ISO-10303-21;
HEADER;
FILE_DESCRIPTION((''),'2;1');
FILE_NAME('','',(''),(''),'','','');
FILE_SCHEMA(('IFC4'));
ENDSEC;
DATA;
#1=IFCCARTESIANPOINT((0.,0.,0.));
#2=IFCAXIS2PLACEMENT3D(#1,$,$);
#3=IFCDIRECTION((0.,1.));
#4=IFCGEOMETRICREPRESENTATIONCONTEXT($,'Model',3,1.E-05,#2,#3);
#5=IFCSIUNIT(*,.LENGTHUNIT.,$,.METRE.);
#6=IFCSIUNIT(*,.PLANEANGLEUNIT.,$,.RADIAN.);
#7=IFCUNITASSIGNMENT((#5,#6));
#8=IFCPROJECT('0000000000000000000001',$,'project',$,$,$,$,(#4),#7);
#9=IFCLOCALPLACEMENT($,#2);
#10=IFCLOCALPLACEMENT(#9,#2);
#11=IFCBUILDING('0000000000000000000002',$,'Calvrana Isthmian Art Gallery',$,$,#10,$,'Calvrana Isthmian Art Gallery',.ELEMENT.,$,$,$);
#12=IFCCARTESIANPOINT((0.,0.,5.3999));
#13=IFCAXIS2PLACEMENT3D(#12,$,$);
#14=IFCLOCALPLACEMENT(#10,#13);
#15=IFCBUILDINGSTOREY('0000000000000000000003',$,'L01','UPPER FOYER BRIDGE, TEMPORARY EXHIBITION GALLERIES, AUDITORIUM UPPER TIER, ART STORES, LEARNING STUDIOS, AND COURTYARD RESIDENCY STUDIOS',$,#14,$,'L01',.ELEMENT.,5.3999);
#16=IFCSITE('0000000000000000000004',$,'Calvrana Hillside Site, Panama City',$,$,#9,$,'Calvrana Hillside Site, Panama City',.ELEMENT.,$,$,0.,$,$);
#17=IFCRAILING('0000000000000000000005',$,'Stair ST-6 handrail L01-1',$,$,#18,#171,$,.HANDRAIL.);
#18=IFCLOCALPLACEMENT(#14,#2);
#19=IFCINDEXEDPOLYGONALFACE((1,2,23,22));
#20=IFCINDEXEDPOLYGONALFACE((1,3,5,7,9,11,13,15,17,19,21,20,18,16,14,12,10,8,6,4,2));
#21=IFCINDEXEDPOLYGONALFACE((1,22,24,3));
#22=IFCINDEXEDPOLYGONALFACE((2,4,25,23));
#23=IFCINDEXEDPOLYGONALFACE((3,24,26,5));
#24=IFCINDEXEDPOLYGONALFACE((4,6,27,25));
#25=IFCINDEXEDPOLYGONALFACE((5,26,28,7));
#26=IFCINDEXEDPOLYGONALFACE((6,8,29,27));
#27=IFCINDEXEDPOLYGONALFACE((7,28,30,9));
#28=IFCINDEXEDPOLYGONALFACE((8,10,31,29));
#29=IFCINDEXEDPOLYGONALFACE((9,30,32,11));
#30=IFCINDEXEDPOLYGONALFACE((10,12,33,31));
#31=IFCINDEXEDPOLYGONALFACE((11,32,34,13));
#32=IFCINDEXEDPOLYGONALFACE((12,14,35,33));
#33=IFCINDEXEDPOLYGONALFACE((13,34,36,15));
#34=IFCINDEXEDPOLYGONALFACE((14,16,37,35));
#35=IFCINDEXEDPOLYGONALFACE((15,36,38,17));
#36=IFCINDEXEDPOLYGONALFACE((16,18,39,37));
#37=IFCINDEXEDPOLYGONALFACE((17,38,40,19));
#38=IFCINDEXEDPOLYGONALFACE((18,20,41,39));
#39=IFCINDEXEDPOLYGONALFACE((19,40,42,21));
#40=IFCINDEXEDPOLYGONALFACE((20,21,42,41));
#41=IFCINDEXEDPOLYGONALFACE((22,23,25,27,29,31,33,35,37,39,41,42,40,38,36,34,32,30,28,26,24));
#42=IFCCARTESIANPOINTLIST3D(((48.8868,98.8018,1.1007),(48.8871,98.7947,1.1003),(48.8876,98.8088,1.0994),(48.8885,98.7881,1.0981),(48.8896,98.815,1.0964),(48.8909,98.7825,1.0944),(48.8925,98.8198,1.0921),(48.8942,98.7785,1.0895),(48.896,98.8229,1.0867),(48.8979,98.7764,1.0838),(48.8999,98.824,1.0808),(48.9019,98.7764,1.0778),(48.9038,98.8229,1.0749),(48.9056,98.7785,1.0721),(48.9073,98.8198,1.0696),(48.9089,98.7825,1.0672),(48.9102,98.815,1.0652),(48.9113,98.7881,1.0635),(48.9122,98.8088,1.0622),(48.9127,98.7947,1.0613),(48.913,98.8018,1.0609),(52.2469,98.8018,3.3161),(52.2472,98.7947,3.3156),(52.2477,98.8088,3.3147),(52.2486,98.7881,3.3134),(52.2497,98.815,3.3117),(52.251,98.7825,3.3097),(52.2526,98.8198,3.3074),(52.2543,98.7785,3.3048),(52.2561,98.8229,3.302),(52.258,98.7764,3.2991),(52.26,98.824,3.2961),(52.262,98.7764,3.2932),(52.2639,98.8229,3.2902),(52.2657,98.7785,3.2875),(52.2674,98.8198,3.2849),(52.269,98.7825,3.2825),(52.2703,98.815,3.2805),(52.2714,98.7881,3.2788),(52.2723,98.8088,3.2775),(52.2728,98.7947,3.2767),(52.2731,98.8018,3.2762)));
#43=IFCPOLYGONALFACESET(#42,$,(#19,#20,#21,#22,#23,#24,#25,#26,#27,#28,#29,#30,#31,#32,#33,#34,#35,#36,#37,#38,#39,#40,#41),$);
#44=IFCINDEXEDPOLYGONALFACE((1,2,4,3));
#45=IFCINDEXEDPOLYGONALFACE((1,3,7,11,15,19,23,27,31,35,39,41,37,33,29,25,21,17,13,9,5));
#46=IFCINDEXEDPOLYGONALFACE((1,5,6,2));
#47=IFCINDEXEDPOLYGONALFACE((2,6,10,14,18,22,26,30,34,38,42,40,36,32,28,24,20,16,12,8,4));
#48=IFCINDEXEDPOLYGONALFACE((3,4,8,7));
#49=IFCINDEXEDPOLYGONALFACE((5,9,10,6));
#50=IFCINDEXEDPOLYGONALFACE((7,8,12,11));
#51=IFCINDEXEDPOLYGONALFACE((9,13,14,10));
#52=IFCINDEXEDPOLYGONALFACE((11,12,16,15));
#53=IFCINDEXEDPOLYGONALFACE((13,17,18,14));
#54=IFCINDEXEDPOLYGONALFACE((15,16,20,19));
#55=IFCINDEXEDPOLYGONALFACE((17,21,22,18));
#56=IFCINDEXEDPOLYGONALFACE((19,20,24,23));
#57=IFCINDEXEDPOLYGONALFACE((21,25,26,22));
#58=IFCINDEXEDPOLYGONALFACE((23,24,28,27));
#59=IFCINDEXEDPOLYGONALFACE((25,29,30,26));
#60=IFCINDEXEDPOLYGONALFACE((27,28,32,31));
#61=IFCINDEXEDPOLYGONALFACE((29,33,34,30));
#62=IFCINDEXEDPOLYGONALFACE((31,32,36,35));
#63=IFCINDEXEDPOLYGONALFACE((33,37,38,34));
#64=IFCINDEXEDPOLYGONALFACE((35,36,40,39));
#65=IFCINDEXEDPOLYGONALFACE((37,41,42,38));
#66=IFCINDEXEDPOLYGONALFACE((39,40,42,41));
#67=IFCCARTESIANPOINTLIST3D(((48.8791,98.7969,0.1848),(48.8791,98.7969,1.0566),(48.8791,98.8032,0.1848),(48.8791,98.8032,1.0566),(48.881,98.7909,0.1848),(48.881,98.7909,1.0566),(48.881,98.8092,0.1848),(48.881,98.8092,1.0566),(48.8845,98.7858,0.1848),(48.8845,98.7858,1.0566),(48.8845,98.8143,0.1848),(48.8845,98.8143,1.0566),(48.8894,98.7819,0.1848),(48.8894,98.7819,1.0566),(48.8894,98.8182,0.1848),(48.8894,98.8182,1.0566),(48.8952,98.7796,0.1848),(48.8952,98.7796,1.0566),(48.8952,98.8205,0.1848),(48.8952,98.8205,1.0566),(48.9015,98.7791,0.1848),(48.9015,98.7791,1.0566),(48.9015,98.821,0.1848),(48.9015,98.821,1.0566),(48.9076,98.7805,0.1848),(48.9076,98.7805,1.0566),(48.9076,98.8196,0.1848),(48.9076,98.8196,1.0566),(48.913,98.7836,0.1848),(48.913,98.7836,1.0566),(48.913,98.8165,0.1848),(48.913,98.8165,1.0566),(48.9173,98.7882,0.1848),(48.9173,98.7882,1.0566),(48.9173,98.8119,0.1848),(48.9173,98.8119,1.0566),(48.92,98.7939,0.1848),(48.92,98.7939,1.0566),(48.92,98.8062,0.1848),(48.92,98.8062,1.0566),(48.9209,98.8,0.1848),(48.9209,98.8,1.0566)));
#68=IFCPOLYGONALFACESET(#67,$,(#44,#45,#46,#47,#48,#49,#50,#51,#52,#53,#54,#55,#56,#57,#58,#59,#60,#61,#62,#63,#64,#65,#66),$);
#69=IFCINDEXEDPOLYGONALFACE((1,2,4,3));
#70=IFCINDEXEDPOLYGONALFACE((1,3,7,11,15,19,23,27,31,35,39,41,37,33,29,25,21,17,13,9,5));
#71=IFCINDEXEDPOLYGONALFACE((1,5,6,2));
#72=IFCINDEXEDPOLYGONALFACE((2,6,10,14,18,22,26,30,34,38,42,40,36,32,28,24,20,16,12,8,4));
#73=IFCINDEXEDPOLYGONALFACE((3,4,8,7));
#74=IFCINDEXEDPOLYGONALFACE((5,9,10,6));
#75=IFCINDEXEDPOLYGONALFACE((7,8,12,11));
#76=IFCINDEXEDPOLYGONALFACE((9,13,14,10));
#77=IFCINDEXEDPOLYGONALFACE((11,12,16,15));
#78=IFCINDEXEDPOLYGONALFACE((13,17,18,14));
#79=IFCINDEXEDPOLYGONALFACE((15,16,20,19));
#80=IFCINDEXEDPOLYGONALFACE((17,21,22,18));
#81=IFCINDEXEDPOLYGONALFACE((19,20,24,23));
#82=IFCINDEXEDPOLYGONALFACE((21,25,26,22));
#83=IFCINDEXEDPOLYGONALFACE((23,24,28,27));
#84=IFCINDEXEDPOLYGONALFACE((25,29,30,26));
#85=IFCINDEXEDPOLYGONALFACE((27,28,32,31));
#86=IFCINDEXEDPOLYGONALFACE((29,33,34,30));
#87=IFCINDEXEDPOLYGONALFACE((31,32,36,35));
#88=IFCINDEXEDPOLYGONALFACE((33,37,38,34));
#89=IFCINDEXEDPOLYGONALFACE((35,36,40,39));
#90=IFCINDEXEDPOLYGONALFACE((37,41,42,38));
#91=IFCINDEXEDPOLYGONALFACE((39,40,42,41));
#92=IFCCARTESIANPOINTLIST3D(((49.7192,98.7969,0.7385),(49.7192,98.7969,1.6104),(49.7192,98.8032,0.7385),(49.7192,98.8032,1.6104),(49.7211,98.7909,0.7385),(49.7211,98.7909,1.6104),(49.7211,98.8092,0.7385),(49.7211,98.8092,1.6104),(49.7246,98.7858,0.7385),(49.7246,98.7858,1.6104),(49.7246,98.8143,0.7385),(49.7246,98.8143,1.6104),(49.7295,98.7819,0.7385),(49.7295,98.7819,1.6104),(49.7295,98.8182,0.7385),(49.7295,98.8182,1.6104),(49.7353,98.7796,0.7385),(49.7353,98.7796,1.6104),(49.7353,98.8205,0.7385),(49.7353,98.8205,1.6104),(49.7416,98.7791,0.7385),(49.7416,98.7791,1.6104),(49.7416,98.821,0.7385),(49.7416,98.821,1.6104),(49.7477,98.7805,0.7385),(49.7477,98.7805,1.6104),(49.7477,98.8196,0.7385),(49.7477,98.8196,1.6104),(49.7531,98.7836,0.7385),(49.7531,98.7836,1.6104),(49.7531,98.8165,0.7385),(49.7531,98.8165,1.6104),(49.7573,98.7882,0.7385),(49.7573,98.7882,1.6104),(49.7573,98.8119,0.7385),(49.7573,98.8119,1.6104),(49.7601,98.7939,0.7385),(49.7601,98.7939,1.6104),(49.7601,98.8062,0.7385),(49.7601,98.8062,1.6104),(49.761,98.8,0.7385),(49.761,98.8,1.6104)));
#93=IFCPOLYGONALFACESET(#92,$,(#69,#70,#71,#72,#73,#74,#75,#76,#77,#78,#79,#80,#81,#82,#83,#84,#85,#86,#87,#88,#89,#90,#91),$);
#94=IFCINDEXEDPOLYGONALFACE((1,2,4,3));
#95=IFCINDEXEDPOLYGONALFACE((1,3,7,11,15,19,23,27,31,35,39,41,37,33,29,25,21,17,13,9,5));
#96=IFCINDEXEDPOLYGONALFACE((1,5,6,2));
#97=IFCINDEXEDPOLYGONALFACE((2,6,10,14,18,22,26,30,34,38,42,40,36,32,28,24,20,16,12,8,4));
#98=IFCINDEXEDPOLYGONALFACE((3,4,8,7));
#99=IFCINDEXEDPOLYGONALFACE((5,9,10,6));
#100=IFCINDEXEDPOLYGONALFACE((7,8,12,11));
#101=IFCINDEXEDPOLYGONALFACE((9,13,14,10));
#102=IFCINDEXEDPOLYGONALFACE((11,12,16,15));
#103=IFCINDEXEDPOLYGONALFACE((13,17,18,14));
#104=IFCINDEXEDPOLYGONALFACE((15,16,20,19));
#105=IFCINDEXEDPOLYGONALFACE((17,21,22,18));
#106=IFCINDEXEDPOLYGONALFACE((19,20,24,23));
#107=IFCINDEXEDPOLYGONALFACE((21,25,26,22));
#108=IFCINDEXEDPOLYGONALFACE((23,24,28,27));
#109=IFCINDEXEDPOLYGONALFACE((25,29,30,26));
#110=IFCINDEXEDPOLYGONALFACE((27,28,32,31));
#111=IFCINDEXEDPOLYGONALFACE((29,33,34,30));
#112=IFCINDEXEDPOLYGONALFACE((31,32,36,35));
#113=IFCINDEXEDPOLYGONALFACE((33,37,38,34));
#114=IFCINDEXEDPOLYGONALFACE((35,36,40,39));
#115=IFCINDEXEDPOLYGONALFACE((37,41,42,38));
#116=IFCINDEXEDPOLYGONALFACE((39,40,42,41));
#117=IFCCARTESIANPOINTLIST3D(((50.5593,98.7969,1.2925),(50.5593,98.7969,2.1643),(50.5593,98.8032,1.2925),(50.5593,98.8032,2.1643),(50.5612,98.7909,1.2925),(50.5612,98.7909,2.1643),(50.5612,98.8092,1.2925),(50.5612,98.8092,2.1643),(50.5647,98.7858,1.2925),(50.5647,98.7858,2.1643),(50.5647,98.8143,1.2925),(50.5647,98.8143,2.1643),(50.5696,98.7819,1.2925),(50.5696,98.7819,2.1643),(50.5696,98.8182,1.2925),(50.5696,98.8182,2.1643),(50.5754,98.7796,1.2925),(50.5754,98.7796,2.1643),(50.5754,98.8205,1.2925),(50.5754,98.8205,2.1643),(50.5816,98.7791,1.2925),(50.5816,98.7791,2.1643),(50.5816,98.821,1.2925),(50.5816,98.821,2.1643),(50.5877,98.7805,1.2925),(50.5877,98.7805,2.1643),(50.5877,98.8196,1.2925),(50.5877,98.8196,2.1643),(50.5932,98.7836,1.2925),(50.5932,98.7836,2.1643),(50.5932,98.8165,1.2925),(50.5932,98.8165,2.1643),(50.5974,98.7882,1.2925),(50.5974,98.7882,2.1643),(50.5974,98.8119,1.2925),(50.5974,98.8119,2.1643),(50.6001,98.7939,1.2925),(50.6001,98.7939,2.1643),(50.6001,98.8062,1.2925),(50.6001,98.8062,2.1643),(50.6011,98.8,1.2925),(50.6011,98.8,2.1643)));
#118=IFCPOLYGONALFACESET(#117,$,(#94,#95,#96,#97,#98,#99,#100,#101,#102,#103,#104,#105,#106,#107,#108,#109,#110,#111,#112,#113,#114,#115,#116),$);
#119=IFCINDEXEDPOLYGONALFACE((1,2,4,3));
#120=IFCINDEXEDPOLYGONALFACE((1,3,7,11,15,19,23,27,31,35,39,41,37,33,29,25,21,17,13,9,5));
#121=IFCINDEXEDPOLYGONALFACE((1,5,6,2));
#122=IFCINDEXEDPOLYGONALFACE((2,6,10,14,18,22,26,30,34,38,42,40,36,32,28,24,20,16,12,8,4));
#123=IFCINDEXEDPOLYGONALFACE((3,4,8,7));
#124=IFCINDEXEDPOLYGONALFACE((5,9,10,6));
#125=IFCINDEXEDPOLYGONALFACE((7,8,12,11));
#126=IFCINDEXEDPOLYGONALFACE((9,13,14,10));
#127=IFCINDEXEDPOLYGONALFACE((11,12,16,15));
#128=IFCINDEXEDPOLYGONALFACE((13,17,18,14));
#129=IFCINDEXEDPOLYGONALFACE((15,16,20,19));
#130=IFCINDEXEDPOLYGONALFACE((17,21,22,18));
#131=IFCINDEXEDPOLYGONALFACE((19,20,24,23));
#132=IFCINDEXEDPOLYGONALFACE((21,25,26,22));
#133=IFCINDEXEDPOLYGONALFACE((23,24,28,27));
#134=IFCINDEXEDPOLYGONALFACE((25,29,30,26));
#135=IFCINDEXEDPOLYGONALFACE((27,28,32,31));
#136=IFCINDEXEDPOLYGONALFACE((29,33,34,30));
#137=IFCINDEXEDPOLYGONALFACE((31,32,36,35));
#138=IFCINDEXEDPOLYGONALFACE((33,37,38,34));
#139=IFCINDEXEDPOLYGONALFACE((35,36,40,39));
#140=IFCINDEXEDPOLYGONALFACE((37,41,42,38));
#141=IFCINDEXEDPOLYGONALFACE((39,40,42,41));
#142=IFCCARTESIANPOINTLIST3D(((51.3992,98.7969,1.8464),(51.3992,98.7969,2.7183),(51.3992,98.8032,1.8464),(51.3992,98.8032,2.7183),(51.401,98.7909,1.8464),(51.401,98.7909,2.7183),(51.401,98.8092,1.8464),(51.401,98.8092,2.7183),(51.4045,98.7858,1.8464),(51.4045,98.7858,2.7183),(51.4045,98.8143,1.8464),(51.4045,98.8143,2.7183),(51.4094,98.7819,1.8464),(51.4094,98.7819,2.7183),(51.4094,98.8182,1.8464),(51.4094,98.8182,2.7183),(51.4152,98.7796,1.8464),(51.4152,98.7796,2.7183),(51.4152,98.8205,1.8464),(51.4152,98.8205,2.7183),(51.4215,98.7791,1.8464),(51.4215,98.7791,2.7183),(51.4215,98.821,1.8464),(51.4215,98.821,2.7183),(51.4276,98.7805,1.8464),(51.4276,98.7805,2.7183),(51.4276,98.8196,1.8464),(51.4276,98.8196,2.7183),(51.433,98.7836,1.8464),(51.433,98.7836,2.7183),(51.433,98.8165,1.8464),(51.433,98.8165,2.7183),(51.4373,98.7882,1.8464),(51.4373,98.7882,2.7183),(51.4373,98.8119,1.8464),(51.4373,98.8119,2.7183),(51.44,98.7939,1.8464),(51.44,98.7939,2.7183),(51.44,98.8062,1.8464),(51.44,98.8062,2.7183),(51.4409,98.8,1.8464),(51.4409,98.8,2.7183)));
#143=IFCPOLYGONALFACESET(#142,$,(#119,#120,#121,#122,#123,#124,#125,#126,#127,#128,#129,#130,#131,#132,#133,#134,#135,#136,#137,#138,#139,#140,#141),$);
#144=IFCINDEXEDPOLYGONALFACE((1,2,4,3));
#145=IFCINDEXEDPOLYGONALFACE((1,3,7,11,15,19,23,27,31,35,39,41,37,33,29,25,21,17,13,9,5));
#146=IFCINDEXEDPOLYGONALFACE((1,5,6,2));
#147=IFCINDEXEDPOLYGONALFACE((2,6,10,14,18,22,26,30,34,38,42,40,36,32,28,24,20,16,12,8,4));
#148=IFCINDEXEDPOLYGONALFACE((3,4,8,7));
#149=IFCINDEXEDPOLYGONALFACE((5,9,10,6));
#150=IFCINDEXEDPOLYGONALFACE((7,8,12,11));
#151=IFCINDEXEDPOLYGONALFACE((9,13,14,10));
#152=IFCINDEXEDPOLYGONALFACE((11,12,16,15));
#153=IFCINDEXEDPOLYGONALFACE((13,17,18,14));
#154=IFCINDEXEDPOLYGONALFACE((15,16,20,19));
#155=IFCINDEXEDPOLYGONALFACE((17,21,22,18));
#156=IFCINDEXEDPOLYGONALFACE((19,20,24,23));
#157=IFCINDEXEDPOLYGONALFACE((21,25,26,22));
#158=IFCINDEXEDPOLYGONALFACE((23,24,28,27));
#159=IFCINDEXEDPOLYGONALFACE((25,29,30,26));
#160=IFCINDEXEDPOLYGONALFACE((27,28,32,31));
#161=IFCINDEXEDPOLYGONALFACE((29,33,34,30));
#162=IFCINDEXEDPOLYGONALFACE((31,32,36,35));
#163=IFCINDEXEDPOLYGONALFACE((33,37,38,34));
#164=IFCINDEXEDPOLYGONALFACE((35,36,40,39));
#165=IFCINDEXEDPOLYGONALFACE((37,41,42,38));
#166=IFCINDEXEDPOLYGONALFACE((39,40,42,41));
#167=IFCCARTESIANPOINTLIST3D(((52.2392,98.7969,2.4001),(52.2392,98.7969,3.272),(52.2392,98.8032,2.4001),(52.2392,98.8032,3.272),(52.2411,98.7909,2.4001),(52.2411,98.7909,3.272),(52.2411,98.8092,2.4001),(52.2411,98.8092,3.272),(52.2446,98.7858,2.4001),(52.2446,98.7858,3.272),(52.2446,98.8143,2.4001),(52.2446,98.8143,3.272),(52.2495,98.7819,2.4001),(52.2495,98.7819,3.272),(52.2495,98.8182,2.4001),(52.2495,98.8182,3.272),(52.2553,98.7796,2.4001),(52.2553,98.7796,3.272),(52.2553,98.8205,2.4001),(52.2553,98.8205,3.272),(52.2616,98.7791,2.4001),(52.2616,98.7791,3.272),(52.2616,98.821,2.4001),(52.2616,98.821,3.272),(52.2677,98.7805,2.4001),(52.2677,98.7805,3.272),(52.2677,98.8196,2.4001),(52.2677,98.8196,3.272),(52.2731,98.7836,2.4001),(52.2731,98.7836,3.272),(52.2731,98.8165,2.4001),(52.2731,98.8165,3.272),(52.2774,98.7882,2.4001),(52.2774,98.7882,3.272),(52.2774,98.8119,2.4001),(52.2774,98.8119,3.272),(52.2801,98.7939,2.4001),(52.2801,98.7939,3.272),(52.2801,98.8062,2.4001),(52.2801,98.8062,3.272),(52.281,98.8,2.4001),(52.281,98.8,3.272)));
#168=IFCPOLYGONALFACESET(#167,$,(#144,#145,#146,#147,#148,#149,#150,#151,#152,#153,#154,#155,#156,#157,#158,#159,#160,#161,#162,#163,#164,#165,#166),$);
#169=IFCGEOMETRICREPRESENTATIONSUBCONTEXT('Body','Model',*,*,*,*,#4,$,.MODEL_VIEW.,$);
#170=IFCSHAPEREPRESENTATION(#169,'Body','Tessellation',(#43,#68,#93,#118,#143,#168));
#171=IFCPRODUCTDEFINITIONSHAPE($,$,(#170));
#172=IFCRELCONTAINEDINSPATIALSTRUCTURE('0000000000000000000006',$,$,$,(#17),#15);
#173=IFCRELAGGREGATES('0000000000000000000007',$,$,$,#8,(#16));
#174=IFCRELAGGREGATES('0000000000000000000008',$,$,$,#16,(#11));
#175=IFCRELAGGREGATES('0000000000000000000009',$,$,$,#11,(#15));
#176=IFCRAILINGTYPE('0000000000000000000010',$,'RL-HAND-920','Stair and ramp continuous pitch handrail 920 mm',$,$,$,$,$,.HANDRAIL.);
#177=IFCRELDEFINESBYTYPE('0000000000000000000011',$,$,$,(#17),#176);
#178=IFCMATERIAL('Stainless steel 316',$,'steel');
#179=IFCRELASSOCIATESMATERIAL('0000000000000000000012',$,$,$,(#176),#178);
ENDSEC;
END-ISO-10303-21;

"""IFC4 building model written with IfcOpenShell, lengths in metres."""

from ifc_helpers import new_model, si_unit, direction, frame, origin, origin_2d, place, context, subcontext, project, spatial, circle, extrude, material, type_object, element, save


model = new_model("IFC4")

# Units and contexts
model_context = context("Model", 3, precision=1e-05, world=origin(), true_north=direction((0.0, 1.0)))
body_context = subcontext(model_context, "Body", "Model", "MODEL_VIEW")
ifc_project = project(units=[si_unit("LENGTHUNIT", "METRE"), si_unit("PLANEANGLEUNIT", "RADIAN")], contexts=[model_context])

# Site, building, storey
site_placement = place(None, origin())
site = spatial("IfcSite", under=ifc_project, at=site_placement, Name="Calvrana Hillside Site, Panama City", LongName="Calvrana Hillside Site, Panama City", CompositionType="ELEMENT", RefElevation=0.0)
building_placement = place(site_placement, origin())
building = spatial("IfcBuilding", under=site, at=building_placement, Name="Calvrana Isthmian Art Gallery", LongName="Calvrana Isthmian Art Gallery", CompositionType="ELEMENT")
storey_placement = place(building_placement, frame((0.0, 0.0, 5.3999)))
storey = spatial("IfcBuildingStorey", under=building, at=storey_placement, Name="L01", Description="UPPER FOYER BRIDGE, TEMPORARY EXHIBITION GALLERIES, AUDITORIUM UPPER TIER, ART STORES, LEARNING STUDIOS, AND COURTYARD RESIDENCY STUDIOS", LongName="L01", CompositionType="ELEMENT", Elevation=5.3999)

# Railing
ifc_material_1 = material(Name="Stainless steel 316", Category="steel")
railing_type_1 = type_object("IfcRailingType", Name="RL-HAND-920", Description="Stair and ramp continuous pitch handrail 920 mm", PredefinedType="HANDRAIL", material=ifc_material_1)
railing_1_placement = place(storey_placement, frame((48.8999, 98.8, 0.1848)))
element("IfcRailing", 1, at=railing_1_placement, inside=storey, type_object=railing_type_1, Name="Stair ST-6 handrail L01-1", PredefinedType="HANDRAIL", context=body_context, shape_type="SweptSolid", body=[
    extrude(circle(Radius=0.0239, at=origin_2d()), frame((0.0, 0.0, 0.896), z_axis=(0.834876, 0.0, 0.550437), x_axis=(0.0, 1.0, 0.0)), (0.0, 0.0, 1.0), 4.0247),
    extrude(circle(Radius=0.021, at=origin_2d()), origin(), (0.0, 0.0, 1.0), 0.8718),
    extrude(circle(Radius=0.021, at=origin_2d()), frame((0.8401, 0.0, 0.5537)), (0.0, 0.0, 1.0), 0.8718),
    extrude(circle(Radius=0.021, at=origin_2d()), frame((1.6802, 0.0, 1.1077)), (0.0, 0.0, 1.0), 0.8718),
    extrude(circle(Radius=0.021, at=origin_2d()), frame((2.52, 0.0, 1.6616)), (0.0, 0.0, 1.0), 0.8718),
    extrude(circle(Radius=0.021, at=origin_2d()), frame((3.3601, 0.0, 2.2153)), (0.0, 0.0, 1.0), 0.8718),
])

save(model, "model.ifc")
